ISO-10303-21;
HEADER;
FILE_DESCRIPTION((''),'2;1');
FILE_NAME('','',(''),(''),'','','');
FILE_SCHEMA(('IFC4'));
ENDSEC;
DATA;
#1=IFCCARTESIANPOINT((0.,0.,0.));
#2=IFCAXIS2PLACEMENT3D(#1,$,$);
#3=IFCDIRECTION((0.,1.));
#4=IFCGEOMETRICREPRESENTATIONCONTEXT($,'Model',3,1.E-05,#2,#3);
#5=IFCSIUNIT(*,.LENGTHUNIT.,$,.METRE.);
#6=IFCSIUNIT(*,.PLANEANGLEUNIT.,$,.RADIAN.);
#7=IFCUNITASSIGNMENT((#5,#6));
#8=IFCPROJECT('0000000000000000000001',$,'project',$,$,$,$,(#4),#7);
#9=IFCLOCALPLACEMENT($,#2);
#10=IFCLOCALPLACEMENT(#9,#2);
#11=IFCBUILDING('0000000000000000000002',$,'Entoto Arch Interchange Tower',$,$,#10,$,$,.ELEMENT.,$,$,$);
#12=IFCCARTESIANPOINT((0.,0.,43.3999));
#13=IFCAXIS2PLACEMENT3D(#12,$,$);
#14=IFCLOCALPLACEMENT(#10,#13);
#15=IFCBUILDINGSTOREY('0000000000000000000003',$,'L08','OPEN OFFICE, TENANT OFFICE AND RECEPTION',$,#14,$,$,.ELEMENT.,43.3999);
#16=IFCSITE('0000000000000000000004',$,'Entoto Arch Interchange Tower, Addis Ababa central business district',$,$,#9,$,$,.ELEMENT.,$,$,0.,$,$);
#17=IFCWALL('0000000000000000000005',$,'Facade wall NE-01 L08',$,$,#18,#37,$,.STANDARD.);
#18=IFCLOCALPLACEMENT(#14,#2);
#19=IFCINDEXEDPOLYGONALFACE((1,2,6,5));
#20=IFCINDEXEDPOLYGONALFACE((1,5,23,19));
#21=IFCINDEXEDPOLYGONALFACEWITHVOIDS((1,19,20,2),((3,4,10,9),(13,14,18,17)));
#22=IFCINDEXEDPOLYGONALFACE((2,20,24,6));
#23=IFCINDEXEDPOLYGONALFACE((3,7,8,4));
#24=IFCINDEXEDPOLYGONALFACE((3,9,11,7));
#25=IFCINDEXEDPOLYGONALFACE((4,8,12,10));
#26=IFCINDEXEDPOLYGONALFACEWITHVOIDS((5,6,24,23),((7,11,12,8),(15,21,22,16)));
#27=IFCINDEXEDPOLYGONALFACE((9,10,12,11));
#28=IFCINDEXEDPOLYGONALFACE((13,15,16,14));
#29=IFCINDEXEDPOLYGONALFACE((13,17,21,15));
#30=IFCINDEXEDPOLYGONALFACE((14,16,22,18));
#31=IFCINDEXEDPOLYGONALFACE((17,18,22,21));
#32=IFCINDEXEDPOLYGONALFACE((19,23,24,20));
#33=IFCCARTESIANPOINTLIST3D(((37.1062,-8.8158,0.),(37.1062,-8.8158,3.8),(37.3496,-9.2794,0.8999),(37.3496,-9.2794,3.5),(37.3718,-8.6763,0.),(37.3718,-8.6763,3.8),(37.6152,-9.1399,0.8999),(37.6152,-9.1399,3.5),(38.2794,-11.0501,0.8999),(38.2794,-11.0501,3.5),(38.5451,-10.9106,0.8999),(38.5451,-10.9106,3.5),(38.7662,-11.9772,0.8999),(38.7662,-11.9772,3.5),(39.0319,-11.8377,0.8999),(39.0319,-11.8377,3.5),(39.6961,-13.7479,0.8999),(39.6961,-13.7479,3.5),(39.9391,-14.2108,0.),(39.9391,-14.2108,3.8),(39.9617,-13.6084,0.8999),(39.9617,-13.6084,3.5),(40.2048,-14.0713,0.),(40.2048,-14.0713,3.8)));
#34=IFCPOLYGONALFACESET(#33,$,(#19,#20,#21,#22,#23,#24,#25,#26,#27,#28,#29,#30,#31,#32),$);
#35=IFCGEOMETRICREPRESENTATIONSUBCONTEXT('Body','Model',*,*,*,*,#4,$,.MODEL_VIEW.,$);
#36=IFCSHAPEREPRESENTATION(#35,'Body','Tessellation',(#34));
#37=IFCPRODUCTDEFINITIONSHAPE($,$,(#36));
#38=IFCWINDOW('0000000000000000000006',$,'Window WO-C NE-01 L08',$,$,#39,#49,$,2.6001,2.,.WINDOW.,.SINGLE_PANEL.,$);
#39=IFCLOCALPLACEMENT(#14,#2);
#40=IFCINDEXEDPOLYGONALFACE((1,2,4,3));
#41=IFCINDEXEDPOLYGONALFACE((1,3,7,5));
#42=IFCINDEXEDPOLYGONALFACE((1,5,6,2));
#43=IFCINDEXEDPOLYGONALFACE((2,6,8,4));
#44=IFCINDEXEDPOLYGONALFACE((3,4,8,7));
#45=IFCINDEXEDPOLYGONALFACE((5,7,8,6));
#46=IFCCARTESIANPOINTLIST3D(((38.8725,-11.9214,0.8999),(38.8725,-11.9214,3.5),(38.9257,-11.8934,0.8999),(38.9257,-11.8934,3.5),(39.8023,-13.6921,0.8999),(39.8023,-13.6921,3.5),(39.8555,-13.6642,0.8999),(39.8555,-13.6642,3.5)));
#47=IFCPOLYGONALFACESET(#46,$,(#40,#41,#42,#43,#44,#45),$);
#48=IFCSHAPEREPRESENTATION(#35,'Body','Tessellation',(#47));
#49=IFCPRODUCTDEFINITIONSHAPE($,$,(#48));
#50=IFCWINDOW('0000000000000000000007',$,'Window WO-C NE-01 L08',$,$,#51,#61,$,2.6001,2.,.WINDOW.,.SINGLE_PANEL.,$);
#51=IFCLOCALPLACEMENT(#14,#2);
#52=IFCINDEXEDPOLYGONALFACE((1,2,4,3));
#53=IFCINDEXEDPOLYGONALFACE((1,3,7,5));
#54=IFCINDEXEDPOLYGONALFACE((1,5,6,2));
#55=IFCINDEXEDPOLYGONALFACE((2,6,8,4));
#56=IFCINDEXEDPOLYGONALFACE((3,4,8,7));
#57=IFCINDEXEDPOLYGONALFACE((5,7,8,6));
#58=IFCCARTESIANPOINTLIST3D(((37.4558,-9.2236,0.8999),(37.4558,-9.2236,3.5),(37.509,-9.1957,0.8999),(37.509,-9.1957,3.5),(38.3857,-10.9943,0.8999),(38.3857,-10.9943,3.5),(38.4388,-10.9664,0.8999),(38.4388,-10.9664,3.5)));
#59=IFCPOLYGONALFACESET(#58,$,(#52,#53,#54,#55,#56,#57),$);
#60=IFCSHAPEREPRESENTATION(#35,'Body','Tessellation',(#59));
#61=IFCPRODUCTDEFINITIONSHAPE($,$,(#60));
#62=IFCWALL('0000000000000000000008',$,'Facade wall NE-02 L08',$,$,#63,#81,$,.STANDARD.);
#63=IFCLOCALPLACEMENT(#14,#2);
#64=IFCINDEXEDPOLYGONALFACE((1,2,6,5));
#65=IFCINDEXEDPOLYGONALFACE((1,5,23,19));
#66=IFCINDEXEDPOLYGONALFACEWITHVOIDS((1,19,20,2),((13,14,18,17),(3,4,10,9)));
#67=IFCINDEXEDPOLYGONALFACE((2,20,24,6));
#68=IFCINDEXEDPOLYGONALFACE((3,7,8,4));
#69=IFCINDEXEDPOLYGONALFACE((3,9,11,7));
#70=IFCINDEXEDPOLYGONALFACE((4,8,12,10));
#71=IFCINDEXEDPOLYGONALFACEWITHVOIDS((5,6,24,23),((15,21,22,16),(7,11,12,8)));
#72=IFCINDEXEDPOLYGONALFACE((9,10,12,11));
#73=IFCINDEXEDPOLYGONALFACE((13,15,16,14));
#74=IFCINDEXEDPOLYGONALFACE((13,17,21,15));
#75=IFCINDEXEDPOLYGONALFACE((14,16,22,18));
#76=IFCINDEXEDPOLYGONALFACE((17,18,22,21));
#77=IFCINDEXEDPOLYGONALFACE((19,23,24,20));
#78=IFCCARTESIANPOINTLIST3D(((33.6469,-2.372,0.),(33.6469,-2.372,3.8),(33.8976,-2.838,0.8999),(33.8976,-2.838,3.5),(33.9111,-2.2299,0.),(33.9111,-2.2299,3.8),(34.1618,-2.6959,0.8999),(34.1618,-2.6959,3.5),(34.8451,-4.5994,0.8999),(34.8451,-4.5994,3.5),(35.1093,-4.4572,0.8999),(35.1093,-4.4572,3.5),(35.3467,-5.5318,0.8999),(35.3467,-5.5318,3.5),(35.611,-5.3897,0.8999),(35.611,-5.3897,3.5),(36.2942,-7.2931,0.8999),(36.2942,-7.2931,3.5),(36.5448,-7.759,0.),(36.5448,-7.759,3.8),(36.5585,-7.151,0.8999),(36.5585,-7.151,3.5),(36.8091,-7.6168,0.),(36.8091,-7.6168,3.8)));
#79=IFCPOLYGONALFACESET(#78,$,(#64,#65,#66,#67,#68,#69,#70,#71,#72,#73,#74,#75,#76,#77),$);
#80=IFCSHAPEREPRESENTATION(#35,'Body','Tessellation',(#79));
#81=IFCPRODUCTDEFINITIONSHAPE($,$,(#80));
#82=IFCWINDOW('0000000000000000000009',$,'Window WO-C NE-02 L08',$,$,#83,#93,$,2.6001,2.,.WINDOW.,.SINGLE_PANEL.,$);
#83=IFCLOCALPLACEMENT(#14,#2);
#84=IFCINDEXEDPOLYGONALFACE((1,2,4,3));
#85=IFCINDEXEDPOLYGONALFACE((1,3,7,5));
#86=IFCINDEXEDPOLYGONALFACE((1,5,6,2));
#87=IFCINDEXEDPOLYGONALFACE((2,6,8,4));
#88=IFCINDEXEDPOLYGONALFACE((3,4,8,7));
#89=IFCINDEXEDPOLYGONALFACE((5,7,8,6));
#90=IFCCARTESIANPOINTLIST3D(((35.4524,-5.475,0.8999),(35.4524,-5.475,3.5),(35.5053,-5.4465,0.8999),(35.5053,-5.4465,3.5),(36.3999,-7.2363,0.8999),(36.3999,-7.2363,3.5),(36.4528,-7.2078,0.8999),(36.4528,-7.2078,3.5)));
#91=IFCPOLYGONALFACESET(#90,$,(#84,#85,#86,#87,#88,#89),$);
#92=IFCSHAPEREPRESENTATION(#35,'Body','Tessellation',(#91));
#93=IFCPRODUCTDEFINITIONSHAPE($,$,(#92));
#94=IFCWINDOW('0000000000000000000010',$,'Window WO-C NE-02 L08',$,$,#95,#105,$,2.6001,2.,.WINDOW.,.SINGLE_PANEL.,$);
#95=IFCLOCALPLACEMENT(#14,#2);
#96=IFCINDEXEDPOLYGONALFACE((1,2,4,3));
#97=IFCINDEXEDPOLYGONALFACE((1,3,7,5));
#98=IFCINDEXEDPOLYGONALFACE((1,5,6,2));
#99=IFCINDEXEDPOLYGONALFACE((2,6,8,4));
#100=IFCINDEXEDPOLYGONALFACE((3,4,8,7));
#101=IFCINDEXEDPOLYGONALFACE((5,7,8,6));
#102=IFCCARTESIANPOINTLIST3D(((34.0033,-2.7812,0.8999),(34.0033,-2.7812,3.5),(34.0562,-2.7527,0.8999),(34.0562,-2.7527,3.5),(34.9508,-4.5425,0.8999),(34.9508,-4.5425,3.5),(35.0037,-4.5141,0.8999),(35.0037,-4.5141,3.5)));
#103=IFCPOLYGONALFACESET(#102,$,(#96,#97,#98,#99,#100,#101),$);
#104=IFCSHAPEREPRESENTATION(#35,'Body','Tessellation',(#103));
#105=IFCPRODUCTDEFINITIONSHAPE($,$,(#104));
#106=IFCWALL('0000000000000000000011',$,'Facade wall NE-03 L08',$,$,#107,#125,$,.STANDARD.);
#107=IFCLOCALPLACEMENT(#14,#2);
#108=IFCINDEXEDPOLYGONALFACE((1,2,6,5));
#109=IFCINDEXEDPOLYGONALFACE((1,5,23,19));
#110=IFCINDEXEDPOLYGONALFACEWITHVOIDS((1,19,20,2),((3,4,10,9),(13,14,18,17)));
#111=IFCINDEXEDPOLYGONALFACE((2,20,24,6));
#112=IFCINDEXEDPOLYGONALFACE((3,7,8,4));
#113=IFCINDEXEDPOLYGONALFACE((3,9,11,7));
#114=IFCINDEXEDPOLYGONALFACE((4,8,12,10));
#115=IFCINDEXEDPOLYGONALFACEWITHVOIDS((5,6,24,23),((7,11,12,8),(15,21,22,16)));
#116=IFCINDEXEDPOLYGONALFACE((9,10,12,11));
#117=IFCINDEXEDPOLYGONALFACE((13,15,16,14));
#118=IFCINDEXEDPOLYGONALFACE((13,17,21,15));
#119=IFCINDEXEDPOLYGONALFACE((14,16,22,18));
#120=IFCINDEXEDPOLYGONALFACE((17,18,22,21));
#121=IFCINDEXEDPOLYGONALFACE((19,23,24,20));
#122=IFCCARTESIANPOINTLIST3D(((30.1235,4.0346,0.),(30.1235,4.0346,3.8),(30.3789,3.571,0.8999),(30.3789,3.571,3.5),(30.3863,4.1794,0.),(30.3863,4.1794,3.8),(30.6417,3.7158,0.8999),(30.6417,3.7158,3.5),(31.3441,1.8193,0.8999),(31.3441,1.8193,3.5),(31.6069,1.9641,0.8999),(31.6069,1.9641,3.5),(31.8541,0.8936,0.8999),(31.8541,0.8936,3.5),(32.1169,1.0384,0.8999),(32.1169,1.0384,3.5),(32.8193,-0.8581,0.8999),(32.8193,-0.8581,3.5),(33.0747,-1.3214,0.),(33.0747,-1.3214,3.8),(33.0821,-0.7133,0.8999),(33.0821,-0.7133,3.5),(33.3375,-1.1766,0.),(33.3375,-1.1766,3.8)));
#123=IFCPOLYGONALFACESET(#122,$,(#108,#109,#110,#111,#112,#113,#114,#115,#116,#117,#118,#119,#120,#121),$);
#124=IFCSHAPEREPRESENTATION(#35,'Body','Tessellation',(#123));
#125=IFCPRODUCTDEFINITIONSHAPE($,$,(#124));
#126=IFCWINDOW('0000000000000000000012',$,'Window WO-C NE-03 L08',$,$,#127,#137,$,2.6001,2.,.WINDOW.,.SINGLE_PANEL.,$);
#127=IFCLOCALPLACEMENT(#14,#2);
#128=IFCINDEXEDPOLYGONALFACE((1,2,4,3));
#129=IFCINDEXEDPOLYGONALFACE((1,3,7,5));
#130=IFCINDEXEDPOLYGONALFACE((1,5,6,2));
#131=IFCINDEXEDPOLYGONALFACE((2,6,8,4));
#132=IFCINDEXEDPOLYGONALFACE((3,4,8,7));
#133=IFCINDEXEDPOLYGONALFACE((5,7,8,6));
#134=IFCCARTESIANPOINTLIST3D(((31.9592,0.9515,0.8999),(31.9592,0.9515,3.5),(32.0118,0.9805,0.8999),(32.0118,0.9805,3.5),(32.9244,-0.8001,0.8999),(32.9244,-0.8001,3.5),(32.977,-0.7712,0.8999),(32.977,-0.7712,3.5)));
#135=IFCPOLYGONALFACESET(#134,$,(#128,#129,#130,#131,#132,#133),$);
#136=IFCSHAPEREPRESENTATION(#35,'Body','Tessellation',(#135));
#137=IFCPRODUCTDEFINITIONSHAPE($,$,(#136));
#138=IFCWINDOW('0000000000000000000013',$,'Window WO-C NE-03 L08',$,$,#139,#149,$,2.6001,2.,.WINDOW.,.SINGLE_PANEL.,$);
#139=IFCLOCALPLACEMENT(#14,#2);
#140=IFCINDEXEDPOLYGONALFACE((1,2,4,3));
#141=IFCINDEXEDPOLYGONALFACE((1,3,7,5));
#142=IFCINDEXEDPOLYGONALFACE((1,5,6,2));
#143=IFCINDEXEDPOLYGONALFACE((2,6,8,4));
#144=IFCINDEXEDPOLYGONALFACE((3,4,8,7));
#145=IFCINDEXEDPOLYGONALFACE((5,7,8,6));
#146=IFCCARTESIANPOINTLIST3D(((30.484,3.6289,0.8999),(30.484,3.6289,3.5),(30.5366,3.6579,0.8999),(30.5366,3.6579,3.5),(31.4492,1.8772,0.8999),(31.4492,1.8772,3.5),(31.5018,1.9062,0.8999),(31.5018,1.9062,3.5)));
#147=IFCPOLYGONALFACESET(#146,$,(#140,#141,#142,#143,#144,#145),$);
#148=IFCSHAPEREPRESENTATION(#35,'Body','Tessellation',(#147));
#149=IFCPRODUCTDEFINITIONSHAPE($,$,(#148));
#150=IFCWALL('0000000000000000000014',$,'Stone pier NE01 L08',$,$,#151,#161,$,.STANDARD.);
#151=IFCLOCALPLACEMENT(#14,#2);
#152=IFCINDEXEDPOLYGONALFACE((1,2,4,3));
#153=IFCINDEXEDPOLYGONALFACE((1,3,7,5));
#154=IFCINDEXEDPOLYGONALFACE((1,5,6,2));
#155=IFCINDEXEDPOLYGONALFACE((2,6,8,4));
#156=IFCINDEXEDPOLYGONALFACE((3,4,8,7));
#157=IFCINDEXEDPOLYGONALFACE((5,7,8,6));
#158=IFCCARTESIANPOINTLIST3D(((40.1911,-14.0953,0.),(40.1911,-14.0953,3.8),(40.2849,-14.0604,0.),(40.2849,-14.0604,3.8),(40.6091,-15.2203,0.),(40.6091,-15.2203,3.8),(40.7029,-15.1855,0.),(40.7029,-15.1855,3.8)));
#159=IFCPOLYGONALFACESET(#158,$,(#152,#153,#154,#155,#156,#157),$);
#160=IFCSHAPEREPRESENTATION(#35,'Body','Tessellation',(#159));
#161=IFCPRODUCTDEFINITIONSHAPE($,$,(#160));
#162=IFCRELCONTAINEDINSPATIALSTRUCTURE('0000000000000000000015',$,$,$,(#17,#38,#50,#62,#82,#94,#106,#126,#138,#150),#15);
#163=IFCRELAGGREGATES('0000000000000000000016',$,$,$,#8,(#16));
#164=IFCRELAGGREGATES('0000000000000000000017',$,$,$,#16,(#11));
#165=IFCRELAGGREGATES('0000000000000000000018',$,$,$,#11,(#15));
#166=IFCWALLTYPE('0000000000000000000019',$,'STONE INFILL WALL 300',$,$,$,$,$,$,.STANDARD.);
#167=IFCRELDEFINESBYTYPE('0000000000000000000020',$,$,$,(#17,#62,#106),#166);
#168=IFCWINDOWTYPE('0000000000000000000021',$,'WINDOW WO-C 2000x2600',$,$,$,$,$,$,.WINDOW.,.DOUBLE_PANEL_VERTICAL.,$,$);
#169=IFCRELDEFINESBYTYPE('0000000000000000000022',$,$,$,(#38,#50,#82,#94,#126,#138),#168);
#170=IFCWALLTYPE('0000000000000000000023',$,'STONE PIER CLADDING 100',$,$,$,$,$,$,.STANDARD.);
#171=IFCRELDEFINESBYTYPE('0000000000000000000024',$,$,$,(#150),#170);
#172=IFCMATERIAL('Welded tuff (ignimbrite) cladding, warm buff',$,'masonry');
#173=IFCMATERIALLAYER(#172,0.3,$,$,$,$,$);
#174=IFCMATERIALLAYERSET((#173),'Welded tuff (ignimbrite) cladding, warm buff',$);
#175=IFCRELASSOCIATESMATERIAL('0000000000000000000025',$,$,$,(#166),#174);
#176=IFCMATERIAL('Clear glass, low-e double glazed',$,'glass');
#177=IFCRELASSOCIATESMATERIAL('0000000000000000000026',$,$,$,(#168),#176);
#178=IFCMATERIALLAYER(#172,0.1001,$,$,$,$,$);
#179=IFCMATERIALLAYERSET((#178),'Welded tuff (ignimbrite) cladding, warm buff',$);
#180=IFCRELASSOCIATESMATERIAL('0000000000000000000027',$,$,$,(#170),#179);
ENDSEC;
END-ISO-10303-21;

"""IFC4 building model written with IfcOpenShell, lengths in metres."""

from ifc_helpers import new_model, si_unit, direction, frame, frame_2d, origin, place, context, subcontext, project, spatial, rectangle, extrude, material, layer, layer_set, type_object, element, fill, save


model = new_model("IFC4")

# Units and contexts
model_context = context("Model", 3, precision=1e-05, world=origin(), true_north=direction((0.0, 1.0)))
body_context = subcontext(model_context, "Body", "Model", "MODEL_VIEW")
ifc_project = project(units=[si_unit("LENGTHUNIT", "METRE"), si_unit("PLANEANGLEUNIT", "RADIAN")], contexts=[model_context])

# Site, building, storey
site_placement = place(None, origin())
site = spatial("IfcSite", under=ifc_project, at=site_placement, Name="Entoto Arch Interchange Tower, Addis Ababa central business district", CompositionType="ELEMENT", RefElevation=0.0)
building_placement = place(site_placement, origin())
building = spatial("IfcBuilding", under=site, at=building_placement, Name="Entoto Arch Interchange Tower", CompositionType="ELEMENT")
storey_placement = place(building_placement, frame((0.0, 0.0, 43.3999)))
storey = spatial("IfcBuildingStorey", under=building, at=storey_placement, Name="L08", Description="OPEN OFFICE, TENANT OFFICE AND RECEPTION", CompositionType="ELEMENT", Elevation=43.3999)

# Walls, openings, windows
ifc_material_1 = material(Name="Welded tuff (ignimbrite) cladding, warm buff", Category="masonry")
ifc_layer_1 = layer(ifc_material_1, 0.3)
ifc_layer_set_1 = layer_set([ifc_layer_1], Name="Welded tuff (ignimbrite) cladding, warm buff")
wall_type_1 = type_object("IfcWallType", Name="STONE INFILL WALL 300", PredefinedType="STANDARD", material=ifc_layer_set_1)
wall_1_placement = place(storey_placement, frame((40.072, -14.1411, 0.0), z_axis=(0.0, 0.0, 1.0), x_axis=(-0.464914, 0.885356, 0.0)))
wall_1 = element("IfcWall", 1, at=wall_1_placement, inside=storey, type_object=wall_type_1, Name="Facade wall NE-01 L08", PredefinedType="STANDARD", context=body_context, shape_type="SweptSolid", body=[
    extrude(rectangle(XDim=6.0935, YDim=0.3, at=frame_2d((3.0469, 0.0))), origin(), (0.0, 0.0, 1.0), 3.8),
])
opening_1_placement = place(wall_1_placement, frame((0.5229, 0.0, 0.8999)))
opening_1 = element("IfcOpeningElement", 2, at=opening_1_placement, cuts=wall_1, PredefinedType="OPENING", context=body_context, shape_type="SweptSolid", body=[
    extrude(rectangle(XDim=2.0, YDim=2.6001, at=frame_2d((1.0, 1.3))), frame((0.0, 0.1602, 0.0), z_axis=(0.0, -1.0, 0.0), x_axis=(1.0, 0.0, 0.0)), (0.0, 0.0, 1.0), 0.3201),
])
opening_2_placement = place(wall_1_placement, frame((3.5701, 0.0, 0.8999)))
opening_2 = element("IfcOpeningElement", 3, at=opening_2_placement, cuts=wall_1, PredefinedType="OPENING", context=body_context, shape_type="SweptSolid", body=[
    extrude(rectangle(XDim=2.0, YDim=2.6001, at=frame_2d((1.0, 1.3))), frame((0.0, 0.1602, 0.0), z_axis=(0.0, -1.0, 0.0), x_axis=(1.0, 0.0, 0.0)), (0.0, 0.0, 1.0), 0.3201),
])
ifc_material_2 = material(Name="Clear glass, low-e double glazed", Category="glass")
window_type = type_object("IfcWindowType", Name="WINDOW WO-C 2000x2600", PartitioningType="DOUBLE_PANEL_VERTICAL", PredefinedType="WINDOW", material=ifc_material_2)
window_1_placement = place(opening_1_placement, origin())
window_1 = element("IfcWindow", 4, at=window_1_placement, inside=storey, type_object=window_type, Name="Window WO-C NE-01 L08", OverallHeight=2.6001, OverallWidth=2.0, PartitioningType="SINGLE_PANEL", PredefinedType="WINDOW", context=body_context, shape_type="SweptSolid", body=[
    extrude(rectangle(XDim=2.0, YDim=2.6001, at=frame_2d((1.0, 1.3))), frame((0.0, 0.03, 0.0), z_axis=(0.0, -1.0, 0.0), x_axis=(1.0, 0.0, 0.0)), (0.0, 0.0, 1.0), 0.0601),
])
fill(opening_1, window_1)
window_2_placement = place(opening_2_placement, origin())
window_2 = element("IfcWindow", 5, at=window_2_placement, inside=storey, type_object=window_type, Name="Window WO-C NE-01 L08", OverallHeight=2.6001, OverallWidth=2.0, PartitioningType="SINGLE_PANEL", PredefinedType="WINDOW", context=body_context, shape_type="SweptSolid", body=[
    extrude(rectangle(XDim=2.0, YDim=2.6001, at=frame_2d((1.0, 1.3))), frame((0.0, 0.03, 0.0), z_axis=(0.0, -1.0, 0.0), x_axis=(1.0, 0.0, 0.0)), (0.0, 0.0, 1.0), 0.0601),
])
fill(opening_2, window_2)
wall_2_placement = place(storey_placement, frame((36.677, -7.688, 0.0), z_axis=(0.0, 0.0, 1.0), x_axis=(-0.473755, 0.880657, 0.0)))
wall_2 = element("IfcWall", 6, at=wall_2_placement, inside=storey, type_object=wall_type_1, Name="Facade wall NE-02 L08", PredefinedType="STANDARD", context=body_context, shape_type="SweptSolid", body=[
    extrude(rectangle(XDim=6.1169, YDim=0.3, at=frame_2d((3.0586, 0.0))), origin(), (0.0, 0.0, 1.0), 3.8),
])
opening_3_placement = place(wall_2_placement, frame((0.5291, 0.0, 0.8999)))
opening_3 = element("IfcOpeningElement", 7, at=opening_3_placement, cuts=wall_2, PredefinedType="OPENING", context=body_context, shape_type="SweptSolid", body=[
    extrude(rectangle(XDim=2.0, YDim=2.6001, at=frame_2d((1.0, 1.3))), frame((0.0, 0.1602, 0.0), z_axis=(0.0, -1.0, 0.0), x_axis=(1.0, 0.0, 0.0)), (0.0, 0.0, 1.0), 0.3201),
])
opening_4_placement = place(wall_2_placement, frame((3.5879, 0.0, 0.8999)))
opening_4 = element("IfcOpeningElement", 8, at=opening_4_placement, cuts=wall_2, PredefinedType="OPENING", context=body_context, shape_type="SweptSolid", body=[
    extrude(rectangle(XDim=2.0, YDim=2.6001, at=frame_2d((1.0, 1.3))), frame((0.0, 0.1602, 0.0), z_axis=(0.0, -1.0, 0.0), x_axis=(1.0, 0.0, 0.0)), (0.0, 0.0, 1.0), 0.3201),
])
window_3_placement = place(opening_3_placement, origin())
window_3 = element("IfcWindow", 9, at=window_3_placement, inside=storey, type_object=window_type, Name="Window WO-C NE-02 L08", OverallHeight=2.6001, OverallWidth=2.0, PartitioningType="SINGLE_PANEL", PredefinedType="WINDOW", context=body_context, shape_type="SweptSolid", body=[
    extrude(rectangle(XDim=2.0, YDim=2.6001, at=frame_2d((1.0, 1.3))), frame((0.0, 0.03, 0.0), z_axis=(0.0, -1.0, 0.0), x_axis=(1.0, 0.0, 0.0)), (0.0, 0.0, 1.0), 0.0601),
])
fill(opening_3, window_3)
window_4_placement = place(opening_4_placement, origin())
window_4 = element("IfcWindow", 10, at=window_4_placement, inside=storey, type_object=window_type, Name="Window WO-C NE-02 L08", OverallHeight=2.6001, OverallWidth=2.0, PartitioningType="SINGLE_PANEL", PredefinedType="WINDOW", context=body_context, shape_type="SweptSolid", body=[
    extrude(rectangle(XDim=2.0, YDim=2.6001, at=frame_2d((1.0, 1.3))), frame((0.0, 0.03, 0.0), z_axis=(0.0, -1.0, 0.0), x_axis=(1.0, 0.0, 0.0)), (0.0, 0.0, 1.0), 0.0601),
])
fill(opening_4, window_4)
wall_3_placement = place(storey_placement, frame((33.2061, -1.249, 0.0), z_axis=(0.0, 0.0, 1.0), x_axis=(-0.482596, 0.875843, 0.0)))
wall_3 = element("IfcWall", 11, at=wall_3_placement, inside=storey, type_object=wall_type_1, Name="Facade wall NE-03 L08", PredefinedType="STANDARD", context=body_context, shape_type="SweptSolid", body=[
    extrude(rectangle(XDim=6.1152, YDim=0.3, at=frame_2d((3.0576, 0.0))), origin(), (0.0, 0.0, 1.0), 3.8),
])
opening_5_placement = place(wall_3_placement, frame((0.5291, 0.0, 0.8999)))
opening_5 = element("IfcOpeningElement", 12, at=opening_5_placement, cuts=wall_3, PredefinedType="OPENING", context=body_context, shape_type="SweptSolid", body=[
    extrude(rectangle(XDim=2.0, YDim=2.6001, at=frame_2d((1.0, 1.3))), frame((0.0, 0.1602, 0.0), z_axis=(0.0, -1.0, 0.0), x_axis=(1.0, 0.0, 0.0)), (0.0, 0.0, 1.0), 0.3201),
])
opening_6_placement = place(wall_3_placement, frame((3.5859, 0.0, 0.8999)))
opening_6 = element("IfcOpeningElement", 13, at=opening_6_placement, cuts=wall_3, PredefinedType="OPENING", context=body_context, shape_type="SweptSolid", body=[
    extrude(rectangle(XDim=2.0, YDim=2.6001, at=frame_2d((1.0, 1.3))), frame((0.0, 0.1602, 0.0), z_axis=(0.0, -1.0, 0.0), x_axis=(1.0, 0.0, 0.0)), (0.0, 0.0, 1.0), 0.3201),
])
window_5_placement = place(opening_5_placement, origin())
window_5 = element("IfcWindow", 14, at=window_5_placement, inside=storey, type_object=window_type, Name="Window WO-C NE-03 L08", OverallHeight=2.6001, OverallWidth=2.0, PartitioningType="SINGLE_PANEL", PredefinedType="WINDOW", context=body_context, shape_type="SweptSolid", body=[
    extrude(rectangle(XDim=2.0, YDim=2.6001, at=frame_2d((1.0, 1.3))), frame((0.0, 0.03, 0.0), z_axis=(0.0, -1.0, 0.0), x_axis=(1.0, 0.0, 0.0)), (0.0, 0.0, 1.0), 0.0601),
])
fill(opening_5, window_5)
window_6_placement = place(opening_6_placement, origin())
window_6 = element("IfcWindow", 15, at=window_6_placement, inside=storey, type_object=window_type, Name="Window WO-C NE-03 L08", OverallHeight=2.6001, OverallWidth=2.0, PartitioningType="SINGLE_PANEL", PredefinedType="WINDOW", context=body_context, shape_type="SweptSolid", body=[
    extrude(rectangle(XDim=2.0, YDim=2.6001, at=frame_2d((1.0, 1.3))), frame((0.0, 0.03, 0.0), z_axis=(0.0, -1.0, 0.0), x_axis=(1.0, 0.0, 0.0)), (0.0, 0.0, 1.0), 0.0601),
])
fill(opening_6, window_6)

# Wall
ifc_layer_2 = layer(ifc_material_1, 0.1001)
ifc_layer_set_2 = layer_set([ifc_layer_2], Name="Welded tuff (ignimbrite) cladding, warm buff")
wall_type_2 = type_object("IfcWallType", Name="STONE PIER CLADDING 100", PredefinedType="STANDARD", material=ifc_layer_set_2)
wall_4_placement = place(storey_placement, frame((40.656, -15.2029, 0.0), z_axis=(0.0, 0.0, 1.0), x_axis=(-0.348268, 0.937395, 0.0)))
element("IfcWall", 16, at=wall_4_placement, inside=storey, type_object=wall_type_2, Name="Stone pier NE01 L08", PredefinedType="STANDARD", context=body_context, shape_type="SweptSolid", body=[
    extrude(rectangle(XDim=1.2002, YDim=0.1001, at=frame_2d((0.6001, 0.0))), origin(), (0.0, 0.0, 1.0), 3.8),
])

save(model, "model.ifc")
